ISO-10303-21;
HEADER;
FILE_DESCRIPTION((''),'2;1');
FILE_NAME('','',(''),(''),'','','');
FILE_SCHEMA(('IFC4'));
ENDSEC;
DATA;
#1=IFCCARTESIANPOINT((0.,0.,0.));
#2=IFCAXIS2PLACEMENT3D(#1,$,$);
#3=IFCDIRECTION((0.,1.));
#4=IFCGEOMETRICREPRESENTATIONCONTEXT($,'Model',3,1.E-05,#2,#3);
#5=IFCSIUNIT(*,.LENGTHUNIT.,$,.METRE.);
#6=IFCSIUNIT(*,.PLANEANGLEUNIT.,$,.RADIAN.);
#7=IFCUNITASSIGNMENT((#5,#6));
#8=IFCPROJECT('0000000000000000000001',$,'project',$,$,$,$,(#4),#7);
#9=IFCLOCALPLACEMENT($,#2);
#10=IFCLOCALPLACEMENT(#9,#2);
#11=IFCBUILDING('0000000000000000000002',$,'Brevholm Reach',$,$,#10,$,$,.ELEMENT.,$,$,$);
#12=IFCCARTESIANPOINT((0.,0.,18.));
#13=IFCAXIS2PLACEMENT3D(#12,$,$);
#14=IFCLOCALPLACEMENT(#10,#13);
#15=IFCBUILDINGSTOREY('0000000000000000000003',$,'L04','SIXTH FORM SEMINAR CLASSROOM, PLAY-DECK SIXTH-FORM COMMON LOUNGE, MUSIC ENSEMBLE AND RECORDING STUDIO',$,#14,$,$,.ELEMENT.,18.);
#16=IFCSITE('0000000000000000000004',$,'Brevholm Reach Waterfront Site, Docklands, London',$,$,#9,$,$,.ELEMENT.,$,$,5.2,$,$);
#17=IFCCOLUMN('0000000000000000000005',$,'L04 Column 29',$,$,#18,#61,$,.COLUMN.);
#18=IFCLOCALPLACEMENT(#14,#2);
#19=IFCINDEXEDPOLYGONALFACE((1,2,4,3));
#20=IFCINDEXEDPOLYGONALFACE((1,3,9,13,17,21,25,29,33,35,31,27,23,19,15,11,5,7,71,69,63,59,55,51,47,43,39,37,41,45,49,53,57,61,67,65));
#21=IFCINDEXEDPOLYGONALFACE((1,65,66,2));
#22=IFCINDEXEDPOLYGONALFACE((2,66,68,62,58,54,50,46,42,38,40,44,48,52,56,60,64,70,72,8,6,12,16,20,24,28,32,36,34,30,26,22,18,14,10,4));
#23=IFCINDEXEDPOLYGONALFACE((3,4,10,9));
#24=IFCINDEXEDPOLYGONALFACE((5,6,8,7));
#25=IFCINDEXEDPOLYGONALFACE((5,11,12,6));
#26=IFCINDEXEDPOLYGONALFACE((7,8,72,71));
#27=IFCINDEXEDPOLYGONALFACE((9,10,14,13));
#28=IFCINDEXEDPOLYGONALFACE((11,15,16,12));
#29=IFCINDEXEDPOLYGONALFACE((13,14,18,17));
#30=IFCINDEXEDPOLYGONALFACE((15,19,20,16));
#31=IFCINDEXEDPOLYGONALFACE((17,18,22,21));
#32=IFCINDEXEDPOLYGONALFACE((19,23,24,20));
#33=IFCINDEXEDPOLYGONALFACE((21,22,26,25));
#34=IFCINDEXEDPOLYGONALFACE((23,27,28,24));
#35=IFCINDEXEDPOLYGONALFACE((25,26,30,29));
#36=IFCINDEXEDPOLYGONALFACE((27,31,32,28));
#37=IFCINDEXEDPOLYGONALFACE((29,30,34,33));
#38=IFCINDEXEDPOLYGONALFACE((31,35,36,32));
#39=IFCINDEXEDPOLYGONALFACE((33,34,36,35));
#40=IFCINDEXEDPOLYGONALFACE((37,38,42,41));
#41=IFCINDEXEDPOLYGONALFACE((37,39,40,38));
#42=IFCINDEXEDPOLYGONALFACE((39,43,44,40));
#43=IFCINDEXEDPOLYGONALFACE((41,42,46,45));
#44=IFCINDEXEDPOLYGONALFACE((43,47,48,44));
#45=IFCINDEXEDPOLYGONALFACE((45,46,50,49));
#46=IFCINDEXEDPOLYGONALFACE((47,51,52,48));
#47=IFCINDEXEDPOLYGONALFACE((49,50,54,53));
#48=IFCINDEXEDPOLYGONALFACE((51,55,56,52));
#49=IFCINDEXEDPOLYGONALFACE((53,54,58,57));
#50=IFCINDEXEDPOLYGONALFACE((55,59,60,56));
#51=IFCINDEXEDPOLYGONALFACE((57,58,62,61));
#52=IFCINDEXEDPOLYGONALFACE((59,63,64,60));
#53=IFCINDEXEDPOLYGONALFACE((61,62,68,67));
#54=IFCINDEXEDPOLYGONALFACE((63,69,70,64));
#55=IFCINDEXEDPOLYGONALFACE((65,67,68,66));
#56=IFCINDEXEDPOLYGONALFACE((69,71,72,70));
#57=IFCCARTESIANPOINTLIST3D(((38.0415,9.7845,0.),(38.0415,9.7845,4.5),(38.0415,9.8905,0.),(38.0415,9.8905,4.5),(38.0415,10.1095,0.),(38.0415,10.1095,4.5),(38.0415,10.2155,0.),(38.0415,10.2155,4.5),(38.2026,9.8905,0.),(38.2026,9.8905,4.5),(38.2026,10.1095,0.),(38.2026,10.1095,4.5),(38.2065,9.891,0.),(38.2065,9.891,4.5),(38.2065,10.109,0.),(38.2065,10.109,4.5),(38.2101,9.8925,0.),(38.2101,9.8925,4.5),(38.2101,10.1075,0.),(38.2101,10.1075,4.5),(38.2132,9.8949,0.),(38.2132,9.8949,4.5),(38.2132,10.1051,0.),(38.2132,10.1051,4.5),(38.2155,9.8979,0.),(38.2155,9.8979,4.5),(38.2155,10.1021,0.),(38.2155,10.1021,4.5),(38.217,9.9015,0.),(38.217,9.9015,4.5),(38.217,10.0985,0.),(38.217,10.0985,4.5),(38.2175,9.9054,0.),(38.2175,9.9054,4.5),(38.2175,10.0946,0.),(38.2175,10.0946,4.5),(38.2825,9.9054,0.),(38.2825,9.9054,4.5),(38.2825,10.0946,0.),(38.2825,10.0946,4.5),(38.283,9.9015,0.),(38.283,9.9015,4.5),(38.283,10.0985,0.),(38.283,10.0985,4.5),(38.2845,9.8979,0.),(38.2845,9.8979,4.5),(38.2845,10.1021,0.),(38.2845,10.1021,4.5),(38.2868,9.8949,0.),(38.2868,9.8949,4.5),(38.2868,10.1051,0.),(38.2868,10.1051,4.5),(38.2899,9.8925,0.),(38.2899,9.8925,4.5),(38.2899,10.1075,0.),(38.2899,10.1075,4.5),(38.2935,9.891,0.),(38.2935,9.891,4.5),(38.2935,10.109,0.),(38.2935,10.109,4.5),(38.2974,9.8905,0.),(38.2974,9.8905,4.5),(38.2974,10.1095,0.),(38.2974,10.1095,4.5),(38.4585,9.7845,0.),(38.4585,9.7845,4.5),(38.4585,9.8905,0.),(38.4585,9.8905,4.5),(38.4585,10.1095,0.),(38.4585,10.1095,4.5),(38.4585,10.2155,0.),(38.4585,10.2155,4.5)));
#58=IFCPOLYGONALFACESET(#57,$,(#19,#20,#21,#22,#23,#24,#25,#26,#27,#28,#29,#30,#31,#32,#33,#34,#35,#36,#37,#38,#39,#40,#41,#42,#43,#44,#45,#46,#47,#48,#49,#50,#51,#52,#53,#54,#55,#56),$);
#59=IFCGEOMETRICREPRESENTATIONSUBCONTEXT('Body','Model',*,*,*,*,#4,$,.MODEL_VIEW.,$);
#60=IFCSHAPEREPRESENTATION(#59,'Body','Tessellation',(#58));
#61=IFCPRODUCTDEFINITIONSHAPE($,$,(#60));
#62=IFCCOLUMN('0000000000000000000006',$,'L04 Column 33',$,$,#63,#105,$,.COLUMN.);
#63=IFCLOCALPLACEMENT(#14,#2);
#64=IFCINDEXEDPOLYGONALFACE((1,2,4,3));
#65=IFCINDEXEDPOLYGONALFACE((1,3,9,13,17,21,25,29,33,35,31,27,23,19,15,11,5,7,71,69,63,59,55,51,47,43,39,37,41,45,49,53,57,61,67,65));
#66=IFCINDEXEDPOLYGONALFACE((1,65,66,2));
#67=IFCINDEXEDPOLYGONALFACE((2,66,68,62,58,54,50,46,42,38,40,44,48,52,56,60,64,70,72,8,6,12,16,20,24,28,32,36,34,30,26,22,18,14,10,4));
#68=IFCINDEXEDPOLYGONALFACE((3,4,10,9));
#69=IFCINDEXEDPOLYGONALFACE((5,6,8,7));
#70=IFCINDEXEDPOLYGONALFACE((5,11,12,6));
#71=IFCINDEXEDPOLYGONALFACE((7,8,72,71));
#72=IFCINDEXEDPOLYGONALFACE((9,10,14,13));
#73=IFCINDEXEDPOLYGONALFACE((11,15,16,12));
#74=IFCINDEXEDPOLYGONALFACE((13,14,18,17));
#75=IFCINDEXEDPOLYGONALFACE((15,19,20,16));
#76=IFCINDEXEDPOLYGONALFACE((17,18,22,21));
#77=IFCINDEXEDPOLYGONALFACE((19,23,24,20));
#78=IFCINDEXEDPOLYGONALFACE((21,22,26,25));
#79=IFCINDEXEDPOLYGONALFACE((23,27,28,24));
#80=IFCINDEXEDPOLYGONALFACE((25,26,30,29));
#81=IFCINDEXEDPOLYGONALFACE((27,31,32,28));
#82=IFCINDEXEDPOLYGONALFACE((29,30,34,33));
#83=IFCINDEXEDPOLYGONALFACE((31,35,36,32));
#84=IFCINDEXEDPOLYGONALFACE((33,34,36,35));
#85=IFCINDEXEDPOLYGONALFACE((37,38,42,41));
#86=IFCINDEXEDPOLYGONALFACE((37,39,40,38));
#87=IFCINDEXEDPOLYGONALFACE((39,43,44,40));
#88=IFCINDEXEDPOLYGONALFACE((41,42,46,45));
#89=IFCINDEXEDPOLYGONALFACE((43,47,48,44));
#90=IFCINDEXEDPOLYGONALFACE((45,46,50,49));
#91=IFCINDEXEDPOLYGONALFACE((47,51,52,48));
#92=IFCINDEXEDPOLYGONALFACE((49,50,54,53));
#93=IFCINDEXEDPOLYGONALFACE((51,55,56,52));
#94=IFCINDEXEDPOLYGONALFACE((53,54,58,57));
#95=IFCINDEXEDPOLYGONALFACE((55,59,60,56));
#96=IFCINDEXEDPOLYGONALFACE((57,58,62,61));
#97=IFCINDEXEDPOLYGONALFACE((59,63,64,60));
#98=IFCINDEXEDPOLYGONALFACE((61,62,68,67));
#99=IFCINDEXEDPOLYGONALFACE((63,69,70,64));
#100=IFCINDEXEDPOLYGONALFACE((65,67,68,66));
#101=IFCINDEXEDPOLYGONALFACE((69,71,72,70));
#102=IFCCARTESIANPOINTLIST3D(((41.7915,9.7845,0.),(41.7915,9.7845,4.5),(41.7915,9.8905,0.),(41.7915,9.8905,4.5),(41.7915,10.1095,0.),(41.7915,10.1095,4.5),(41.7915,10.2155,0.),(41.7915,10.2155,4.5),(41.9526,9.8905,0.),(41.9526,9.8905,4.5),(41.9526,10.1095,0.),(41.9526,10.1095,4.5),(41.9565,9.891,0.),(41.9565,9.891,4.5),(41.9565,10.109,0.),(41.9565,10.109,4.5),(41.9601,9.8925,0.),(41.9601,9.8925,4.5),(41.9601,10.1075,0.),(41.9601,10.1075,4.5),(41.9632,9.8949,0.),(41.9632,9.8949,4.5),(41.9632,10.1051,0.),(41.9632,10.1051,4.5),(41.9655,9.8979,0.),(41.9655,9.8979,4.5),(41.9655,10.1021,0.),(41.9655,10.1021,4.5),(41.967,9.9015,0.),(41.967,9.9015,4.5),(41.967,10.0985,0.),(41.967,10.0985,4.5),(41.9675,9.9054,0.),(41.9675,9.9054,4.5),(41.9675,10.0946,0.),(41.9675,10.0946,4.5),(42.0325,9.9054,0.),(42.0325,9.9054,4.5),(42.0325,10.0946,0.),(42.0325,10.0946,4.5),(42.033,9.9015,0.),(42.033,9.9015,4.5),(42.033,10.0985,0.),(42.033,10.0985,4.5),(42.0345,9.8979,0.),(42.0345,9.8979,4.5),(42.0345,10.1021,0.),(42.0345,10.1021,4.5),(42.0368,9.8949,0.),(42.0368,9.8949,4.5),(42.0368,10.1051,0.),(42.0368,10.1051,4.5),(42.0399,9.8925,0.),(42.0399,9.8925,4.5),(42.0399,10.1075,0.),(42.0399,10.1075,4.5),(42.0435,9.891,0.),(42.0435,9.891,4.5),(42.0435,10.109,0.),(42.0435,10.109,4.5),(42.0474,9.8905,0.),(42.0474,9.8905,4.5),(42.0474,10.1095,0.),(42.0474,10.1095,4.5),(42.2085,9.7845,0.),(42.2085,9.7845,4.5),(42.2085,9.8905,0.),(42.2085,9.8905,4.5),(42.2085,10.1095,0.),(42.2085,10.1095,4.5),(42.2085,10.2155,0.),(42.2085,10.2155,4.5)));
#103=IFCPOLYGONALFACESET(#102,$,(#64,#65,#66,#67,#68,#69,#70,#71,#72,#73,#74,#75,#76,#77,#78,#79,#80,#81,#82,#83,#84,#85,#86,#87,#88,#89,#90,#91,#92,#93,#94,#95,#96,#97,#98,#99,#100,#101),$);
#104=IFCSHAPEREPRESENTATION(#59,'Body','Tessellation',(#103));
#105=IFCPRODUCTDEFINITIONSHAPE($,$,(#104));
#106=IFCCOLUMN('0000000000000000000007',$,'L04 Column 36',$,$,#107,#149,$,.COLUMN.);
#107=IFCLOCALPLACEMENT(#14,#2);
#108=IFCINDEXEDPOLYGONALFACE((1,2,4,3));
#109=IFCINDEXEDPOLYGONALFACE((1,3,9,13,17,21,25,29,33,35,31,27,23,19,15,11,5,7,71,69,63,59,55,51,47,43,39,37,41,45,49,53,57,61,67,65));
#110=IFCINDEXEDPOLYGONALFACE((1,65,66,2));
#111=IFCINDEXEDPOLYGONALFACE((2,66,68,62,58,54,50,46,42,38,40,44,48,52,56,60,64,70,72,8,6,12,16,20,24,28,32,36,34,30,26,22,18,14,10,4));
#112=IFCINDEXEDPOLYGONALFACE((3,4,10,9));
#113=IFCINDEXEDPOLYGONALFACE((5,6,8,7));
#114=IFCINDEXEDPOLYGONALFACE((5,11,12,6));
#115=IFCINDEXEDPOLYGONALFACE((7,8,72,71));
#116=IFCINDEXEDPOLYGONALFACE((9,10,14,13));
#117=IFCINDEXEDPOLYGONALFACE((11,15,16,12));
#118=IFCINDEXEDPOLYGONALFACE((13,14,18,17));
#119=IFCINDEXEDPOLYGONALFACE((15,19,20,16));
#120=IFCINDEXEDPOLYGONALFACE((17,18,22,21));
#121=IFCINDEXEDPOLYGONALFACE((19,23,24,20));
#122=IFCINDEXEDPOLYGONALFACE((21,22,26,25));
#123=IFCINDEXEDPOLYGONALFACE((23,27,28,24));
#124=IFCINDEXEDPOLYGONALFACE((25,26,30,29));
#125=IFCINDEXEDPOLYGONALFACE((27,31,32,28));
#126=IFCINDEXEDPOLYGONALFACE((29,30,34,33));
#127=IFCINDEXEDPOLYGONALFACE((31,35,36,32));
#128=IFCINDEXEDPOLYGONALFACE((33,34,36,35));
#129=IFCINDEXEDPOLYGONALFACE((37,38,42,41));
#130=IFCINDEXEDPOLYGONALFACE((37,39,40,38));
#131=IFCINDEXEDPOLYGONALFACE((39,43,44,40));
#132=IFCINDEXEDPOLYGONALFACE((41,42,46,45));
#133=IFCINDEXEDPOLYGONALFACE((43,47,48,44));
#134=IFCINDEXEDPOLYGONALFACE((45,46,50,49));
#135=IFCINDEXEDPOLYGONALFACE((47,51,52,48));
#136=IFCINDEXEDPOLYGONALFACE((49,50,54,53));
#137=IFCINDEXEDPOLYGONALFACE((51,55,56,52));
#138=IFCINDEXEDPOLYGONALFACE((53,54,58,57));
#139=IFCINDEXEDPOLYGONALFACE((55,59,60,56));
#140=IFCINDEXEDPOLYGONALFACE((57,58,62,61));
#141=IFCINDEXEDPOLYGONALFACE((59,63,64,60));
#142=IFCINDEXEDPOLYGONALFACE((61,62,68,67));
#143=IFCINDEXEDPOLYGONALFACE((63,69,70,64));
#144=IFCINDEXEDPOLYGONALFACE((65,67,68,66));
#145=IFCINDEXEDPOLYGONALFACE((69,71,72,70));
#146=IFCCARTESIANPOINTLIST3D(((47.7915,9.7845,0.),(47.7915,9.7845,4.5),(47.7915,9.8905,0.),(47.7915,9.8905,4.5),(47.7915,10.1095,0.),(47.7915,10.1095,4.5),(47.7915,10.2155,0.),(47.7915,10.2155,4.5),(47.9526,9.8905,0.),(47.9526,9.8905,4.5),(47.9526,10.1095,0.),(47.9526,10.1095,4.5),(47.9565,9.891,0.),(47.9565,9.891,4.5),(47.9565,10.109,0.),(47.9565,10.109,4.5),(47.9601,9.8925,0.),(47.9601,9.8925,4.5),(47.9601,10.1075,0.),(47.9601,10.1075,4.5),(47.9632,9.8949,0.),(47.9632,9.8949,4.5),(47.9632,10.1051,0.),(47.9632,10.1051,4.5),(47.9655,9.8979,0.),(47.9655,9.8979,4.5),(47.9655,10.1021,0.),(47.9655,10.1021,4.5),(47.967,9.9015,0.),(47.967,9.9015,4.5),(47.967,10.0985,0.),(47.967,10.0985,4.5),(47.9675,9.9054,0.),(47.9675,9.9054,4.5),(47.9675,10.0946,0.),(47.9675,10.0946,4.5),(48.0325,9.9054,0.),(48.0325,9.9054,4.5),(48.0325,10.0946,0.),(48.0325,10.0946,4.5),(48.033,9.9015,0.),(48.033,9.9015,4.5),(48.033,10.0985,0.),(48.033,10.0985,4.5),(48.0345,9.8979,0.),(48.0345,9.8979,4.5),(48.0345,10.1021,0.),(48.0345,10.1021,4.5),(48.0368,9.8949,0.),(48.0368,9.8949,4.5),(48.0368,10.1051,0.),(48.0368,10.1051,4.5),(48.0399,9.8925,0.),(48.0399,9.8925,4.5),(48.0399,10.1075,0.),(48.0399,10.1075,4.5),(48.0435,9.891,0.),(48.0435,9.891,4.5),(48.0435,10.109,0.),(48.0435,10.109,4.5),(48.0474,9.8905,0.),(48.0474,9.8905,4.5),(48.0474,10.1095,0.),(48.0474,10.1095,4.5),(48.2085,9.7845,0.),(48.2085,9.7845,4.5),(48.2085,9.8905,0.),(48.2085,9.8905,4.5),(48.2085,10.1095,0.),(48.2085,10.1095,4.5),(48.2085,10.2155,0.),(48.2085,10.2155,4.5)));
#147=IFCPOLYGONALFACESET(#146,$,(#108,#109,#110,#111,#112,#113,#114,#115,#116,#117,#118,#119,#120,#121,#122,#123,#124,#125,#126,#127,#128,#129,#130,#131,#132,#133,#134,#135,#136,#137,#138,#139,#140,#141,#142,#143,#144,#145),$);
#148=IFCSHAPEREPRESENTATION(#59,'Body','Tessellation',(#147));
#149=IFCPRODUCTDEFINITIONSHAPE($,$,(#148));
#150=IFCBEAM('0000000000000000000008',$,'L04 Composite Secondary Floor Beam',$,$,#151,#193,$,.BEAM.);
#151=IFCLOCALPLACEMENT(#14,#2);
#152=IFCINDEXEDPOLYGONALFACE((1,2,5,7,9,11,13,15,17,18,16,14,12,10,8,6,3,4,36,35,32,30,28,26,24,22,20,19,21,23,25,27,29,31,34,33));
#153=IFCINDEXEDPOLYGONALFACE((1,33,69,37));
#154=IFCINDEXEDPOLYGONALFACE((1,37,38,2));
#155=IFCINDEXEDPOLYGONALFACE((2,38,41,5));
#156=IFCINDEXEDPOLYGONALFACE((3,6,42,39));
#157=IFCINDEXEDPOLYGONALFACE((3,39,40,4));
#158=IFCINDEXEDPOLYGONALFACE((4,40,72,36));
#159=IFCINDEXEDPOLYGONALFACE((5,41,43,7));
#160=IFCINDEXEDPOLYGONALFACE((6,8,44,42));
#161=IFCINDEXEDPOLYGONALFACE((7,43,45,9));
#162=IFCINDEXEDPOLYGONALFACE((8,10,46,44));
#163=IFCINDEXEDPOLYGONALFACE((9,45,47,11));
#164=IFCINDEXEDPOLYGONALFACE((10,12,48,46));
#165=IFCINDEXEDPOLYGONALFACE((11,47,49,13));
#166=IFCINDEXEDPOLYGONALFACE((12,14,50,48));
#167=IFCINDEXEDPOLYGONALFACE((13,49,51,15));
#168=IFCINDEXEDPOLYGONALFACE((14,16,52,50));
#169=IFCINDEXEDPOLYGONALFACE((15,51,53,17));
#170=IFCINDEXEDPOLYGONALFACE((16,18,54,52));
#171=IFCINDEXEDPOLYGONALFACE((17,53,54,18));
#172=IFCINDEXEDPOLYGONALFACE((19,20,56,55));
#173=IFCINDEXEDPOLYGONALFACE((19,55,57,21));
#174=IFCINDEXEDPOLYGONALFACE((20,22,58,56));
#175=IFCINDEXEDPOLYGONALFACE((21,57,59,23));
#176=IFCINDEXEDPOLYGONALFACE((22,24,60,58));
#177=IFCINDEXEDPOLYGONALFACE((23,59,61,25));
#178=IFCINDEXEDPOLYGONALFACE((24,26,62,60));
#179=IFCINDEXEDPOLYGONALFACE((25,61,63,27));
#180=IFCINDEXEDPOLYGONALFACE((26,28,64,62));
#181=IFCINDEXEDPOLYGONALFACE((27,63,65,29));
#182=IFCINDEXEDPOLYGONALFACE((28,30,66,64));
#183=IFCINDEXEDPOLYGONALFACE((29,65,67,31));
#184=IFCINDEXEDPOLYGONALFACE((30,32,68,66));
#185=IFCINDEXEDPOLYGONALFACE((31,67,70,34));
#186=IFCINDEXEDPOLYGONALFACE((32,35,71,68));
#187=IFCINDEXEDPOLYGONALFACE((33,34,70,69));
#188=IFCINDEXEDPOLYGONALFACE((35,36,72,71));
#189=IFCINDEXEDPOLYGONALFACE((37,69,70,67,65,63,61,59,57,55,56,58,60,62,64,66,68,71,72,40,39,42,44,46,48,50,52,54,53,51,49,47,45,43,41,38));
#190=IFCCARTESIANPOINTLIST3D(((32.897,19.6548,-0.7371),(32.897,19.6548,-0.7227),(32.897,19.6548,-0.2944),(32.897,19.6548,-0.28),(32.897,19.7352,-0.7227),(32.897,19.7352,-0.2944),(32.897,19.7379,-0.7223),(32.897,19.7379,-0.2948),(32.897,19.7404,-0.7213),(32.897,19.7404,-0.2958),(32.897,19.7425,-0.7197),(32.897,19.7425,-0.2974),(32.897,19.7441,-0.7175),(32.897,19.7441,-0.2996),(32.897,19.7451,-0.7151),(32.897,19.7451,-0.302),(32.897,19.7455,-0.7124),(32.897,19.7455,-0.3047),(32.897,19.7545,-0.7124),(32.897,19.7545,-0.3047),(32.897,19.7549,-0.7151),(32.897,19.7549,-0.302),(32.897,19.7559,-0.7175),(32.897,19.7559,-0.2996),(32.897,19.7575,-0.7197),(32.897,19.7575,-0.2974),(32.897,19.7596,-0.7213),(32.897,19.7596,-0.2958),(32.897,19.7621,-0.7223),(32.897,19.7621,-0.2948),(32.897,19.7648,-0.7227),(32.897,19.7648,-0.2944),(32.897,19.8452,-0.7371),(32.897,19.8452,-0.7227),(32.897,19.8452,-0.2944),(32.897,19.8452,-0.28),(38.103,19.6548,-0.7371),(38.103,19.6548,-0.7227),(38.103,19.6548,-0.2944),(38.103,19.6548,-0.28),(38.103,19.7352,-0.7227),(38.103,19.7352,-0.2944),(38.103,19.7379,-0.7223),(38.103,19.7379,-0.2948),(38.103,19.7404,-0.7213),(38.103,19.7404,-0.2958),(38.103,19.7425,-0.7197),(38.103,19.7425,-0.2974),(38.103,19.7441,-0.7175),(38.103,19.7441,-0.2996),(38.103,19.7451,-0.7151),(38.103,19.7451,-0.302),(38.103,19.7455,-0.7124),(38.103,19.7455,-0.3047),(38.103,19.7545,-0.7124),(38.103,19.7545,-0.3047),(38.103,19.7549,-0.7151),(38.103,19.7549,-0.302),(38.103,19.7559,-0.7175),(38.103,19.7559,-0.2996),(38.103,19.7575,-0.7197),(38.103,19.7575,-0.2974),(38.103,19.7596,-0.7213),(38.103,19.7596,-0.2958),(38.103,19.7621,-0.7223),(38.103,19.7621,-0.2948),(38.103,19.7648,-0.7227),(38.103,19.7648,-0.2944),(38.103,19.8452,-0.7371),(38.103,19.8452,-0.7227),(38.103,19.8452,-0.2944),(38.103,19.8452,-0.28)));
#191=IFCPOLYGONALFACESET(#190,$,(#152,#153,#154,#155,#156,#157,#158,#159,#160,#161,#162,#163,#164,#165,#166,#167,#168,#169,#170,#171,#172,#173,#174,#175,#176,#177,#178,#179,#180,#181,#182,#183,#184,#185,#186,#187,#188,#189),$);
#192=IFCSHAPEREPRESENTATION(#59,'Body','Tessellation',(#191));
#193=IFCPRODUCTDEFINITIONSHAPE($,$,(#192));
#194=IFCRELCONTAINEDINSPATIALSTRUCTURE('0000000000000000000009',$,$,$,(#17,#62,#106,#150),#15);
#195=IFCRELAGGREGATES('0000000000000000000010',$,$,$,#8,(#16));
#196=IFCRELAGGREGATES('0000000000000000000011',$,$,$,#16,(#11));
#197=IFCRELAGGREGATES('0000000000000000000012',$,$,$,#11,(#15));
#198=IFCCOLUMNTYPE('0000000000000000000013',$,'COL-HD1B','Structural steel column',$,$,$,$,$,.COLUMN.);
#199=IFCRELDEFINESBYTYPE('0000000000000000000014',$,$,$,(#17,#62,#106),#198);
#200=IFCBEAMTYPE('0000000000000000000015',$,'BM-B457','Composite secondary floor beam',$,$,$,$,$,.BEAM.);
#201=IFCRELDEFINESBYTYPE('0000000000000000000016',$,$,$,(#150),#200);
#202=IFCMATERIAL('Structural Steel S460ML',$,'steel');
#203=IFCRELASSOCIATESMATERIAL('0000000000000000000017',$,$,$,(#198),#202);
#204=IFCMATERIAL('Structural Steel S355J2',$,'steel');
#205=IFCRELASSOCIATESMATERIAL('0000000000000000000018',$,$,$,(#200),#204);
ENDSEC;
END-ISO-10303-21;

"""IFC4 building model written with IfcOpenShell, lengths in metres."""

from ifc_helpers import new_model, si_unit, direction, frame, origin, origin_2d, place, context, subcontext, project, spatial, i_section, extrude, material, material_profile, profile_set, type_object, element, save


model = new_model("IFC4")

# Units and contexts
model_context = context("Model", 3, precision=1e-05, world=origin(), true_north=direction((0.0, 1.0)))
body_context = subcontext(model_context, "Body", "Model", "MODEL_VIEW")
ifc_project = project(units=[si_unit("LENGTHUNIT", "METRE"), si_unit("PLANEANGLEUNIT", "RADIAN")], contexts=[model_context])

# Site, building, storey
site_placement = place(None, origin())
site = spatial("IfcSite", under=ifc_project, at=site_placement, Name="Brevholm Reach Waterfront Site, Docklands, London", CompositionType="ELEMENT", RefElevation=5.2)
building_placement = place(site_placement, origin())
building = spatial("IfcBuilding", under=site, at=building_placement, Name="Brevholm Reach", CompositionType="ELEMENT")
storey_placement = place(building_placement, frame((0.0, 0.0, 18.0)))
storey = spatial("IfcBuildingStorey", under=building, at=storey_placement, Name="L04", Description="SIXTH FORM SEMINAR CLASSROOM, PLAY-DECK SIXTH-FORM COMMON LOUNGE, MUSIC ENSEMBLE AND RECORDING STUDIO", CompositionType="ELEMENT", Elevation=18.0)

# Columns
ifc_material_1 = material(Name="Structural Steel S460ML", Category="steel")
ifc_material_profile_1 = material_profile(ifc_material_1, i_section(OverallWidth=0.417, OverallDepth=0.4309, WebThickness=0.0649, FlangeThickness=0.106, FilletRadius=0.0149, at=origin_2d()), Name="HD 400x900")
ifc_profile_set_1 = profile_set([ifc_material_profile_1], Name="Structural Steel S460ML")
column_type = type_object("IfcColumnType", Name="COL-HD1B", Description="Structural steel column", PredefinedType="COLUMN", material=ifc_profile_set_1)
for number, where, z_axis, x_axis, name in (
    (1, (38.25, 10.0, 0.0), (0.0, 0.0, 1.0), (1.0, 0.0, 0.0), "L04 Column 29"),
    (2, (42.0, 10.0, 0.0), (0.0, 0.0, 1.0), (1.0, 0.0, 0.0), "L04 Column 33"),
    (3, (48.0, 10.0, 0.0), (0.0, 0.0, 1.0), (1.0, 0.0, 0.0), "L04 Column 36"),
):
    element("IfcColumn", number, at=place(storey_placement, frame(where, z_axis=z_axis, x_axis=x_axis)), inside=storey, type_object=column_type, Name=name, PredefinedType="COLUMN", context=body_context, shape_type="SweptSolid", body=[
        extrude(i_section(OverallWidth=0.417, OverallDepth=0.4309, WebThickness=0.0649, FlangeThickness=0.106, FilletRadius=0.0149, at=origin_2d()), origin(), (0.0, 0.0, 1.0), 4.5),
    ])

# Beam
ifc_material_2 = material(Name="Structural Steel S355J2", Category="steel")
ifc_material_profile_2 = material_profile(ifc_material_2, i_section(OverallWidth=0.1904, OverallDepth=0.457, WebThickness=0.009, FlangeThickness=0.0144, FilletRadius=0.0103, at=origin_2d()), Name="UKB 457x191x74")
ifc_profile_set_2 = profile_set([ifc_material_profile_2], Name="Structural Steel S355J2")
beam_type_1 = type_object("IfcBeamType", Name="BM-B457", Description="Composite secondary floor beam", PredefinedType="BEAM", material=ifc_profile_set_2)
beam_1_placement = place(storey_placement, frame((32.897, 19.75, -0.5085), z_axis=(1.0, 0.0, 0.0), x_axis=(0.0, 1.0, 0.0)))
element("IfcBeam", 4, at=beam_1_placement, inside=storey, type_object=beam_type_1, Name="L04 Composite Secondary Floor Beam", PredefinedType="BEAM", context=body_context, shape_type="SweptSolid", body=[
    extrude(i_section(OverallWidth=0.1904, OverallDepth=0.457, WebThickness=0.009, FlangeThickness=0.0144, FilletRadius=0.0103, at=origin_2d()), origin(), (0.0, 0.0, 1.0), 5.2061),
])

save(model, "model.ifc")
